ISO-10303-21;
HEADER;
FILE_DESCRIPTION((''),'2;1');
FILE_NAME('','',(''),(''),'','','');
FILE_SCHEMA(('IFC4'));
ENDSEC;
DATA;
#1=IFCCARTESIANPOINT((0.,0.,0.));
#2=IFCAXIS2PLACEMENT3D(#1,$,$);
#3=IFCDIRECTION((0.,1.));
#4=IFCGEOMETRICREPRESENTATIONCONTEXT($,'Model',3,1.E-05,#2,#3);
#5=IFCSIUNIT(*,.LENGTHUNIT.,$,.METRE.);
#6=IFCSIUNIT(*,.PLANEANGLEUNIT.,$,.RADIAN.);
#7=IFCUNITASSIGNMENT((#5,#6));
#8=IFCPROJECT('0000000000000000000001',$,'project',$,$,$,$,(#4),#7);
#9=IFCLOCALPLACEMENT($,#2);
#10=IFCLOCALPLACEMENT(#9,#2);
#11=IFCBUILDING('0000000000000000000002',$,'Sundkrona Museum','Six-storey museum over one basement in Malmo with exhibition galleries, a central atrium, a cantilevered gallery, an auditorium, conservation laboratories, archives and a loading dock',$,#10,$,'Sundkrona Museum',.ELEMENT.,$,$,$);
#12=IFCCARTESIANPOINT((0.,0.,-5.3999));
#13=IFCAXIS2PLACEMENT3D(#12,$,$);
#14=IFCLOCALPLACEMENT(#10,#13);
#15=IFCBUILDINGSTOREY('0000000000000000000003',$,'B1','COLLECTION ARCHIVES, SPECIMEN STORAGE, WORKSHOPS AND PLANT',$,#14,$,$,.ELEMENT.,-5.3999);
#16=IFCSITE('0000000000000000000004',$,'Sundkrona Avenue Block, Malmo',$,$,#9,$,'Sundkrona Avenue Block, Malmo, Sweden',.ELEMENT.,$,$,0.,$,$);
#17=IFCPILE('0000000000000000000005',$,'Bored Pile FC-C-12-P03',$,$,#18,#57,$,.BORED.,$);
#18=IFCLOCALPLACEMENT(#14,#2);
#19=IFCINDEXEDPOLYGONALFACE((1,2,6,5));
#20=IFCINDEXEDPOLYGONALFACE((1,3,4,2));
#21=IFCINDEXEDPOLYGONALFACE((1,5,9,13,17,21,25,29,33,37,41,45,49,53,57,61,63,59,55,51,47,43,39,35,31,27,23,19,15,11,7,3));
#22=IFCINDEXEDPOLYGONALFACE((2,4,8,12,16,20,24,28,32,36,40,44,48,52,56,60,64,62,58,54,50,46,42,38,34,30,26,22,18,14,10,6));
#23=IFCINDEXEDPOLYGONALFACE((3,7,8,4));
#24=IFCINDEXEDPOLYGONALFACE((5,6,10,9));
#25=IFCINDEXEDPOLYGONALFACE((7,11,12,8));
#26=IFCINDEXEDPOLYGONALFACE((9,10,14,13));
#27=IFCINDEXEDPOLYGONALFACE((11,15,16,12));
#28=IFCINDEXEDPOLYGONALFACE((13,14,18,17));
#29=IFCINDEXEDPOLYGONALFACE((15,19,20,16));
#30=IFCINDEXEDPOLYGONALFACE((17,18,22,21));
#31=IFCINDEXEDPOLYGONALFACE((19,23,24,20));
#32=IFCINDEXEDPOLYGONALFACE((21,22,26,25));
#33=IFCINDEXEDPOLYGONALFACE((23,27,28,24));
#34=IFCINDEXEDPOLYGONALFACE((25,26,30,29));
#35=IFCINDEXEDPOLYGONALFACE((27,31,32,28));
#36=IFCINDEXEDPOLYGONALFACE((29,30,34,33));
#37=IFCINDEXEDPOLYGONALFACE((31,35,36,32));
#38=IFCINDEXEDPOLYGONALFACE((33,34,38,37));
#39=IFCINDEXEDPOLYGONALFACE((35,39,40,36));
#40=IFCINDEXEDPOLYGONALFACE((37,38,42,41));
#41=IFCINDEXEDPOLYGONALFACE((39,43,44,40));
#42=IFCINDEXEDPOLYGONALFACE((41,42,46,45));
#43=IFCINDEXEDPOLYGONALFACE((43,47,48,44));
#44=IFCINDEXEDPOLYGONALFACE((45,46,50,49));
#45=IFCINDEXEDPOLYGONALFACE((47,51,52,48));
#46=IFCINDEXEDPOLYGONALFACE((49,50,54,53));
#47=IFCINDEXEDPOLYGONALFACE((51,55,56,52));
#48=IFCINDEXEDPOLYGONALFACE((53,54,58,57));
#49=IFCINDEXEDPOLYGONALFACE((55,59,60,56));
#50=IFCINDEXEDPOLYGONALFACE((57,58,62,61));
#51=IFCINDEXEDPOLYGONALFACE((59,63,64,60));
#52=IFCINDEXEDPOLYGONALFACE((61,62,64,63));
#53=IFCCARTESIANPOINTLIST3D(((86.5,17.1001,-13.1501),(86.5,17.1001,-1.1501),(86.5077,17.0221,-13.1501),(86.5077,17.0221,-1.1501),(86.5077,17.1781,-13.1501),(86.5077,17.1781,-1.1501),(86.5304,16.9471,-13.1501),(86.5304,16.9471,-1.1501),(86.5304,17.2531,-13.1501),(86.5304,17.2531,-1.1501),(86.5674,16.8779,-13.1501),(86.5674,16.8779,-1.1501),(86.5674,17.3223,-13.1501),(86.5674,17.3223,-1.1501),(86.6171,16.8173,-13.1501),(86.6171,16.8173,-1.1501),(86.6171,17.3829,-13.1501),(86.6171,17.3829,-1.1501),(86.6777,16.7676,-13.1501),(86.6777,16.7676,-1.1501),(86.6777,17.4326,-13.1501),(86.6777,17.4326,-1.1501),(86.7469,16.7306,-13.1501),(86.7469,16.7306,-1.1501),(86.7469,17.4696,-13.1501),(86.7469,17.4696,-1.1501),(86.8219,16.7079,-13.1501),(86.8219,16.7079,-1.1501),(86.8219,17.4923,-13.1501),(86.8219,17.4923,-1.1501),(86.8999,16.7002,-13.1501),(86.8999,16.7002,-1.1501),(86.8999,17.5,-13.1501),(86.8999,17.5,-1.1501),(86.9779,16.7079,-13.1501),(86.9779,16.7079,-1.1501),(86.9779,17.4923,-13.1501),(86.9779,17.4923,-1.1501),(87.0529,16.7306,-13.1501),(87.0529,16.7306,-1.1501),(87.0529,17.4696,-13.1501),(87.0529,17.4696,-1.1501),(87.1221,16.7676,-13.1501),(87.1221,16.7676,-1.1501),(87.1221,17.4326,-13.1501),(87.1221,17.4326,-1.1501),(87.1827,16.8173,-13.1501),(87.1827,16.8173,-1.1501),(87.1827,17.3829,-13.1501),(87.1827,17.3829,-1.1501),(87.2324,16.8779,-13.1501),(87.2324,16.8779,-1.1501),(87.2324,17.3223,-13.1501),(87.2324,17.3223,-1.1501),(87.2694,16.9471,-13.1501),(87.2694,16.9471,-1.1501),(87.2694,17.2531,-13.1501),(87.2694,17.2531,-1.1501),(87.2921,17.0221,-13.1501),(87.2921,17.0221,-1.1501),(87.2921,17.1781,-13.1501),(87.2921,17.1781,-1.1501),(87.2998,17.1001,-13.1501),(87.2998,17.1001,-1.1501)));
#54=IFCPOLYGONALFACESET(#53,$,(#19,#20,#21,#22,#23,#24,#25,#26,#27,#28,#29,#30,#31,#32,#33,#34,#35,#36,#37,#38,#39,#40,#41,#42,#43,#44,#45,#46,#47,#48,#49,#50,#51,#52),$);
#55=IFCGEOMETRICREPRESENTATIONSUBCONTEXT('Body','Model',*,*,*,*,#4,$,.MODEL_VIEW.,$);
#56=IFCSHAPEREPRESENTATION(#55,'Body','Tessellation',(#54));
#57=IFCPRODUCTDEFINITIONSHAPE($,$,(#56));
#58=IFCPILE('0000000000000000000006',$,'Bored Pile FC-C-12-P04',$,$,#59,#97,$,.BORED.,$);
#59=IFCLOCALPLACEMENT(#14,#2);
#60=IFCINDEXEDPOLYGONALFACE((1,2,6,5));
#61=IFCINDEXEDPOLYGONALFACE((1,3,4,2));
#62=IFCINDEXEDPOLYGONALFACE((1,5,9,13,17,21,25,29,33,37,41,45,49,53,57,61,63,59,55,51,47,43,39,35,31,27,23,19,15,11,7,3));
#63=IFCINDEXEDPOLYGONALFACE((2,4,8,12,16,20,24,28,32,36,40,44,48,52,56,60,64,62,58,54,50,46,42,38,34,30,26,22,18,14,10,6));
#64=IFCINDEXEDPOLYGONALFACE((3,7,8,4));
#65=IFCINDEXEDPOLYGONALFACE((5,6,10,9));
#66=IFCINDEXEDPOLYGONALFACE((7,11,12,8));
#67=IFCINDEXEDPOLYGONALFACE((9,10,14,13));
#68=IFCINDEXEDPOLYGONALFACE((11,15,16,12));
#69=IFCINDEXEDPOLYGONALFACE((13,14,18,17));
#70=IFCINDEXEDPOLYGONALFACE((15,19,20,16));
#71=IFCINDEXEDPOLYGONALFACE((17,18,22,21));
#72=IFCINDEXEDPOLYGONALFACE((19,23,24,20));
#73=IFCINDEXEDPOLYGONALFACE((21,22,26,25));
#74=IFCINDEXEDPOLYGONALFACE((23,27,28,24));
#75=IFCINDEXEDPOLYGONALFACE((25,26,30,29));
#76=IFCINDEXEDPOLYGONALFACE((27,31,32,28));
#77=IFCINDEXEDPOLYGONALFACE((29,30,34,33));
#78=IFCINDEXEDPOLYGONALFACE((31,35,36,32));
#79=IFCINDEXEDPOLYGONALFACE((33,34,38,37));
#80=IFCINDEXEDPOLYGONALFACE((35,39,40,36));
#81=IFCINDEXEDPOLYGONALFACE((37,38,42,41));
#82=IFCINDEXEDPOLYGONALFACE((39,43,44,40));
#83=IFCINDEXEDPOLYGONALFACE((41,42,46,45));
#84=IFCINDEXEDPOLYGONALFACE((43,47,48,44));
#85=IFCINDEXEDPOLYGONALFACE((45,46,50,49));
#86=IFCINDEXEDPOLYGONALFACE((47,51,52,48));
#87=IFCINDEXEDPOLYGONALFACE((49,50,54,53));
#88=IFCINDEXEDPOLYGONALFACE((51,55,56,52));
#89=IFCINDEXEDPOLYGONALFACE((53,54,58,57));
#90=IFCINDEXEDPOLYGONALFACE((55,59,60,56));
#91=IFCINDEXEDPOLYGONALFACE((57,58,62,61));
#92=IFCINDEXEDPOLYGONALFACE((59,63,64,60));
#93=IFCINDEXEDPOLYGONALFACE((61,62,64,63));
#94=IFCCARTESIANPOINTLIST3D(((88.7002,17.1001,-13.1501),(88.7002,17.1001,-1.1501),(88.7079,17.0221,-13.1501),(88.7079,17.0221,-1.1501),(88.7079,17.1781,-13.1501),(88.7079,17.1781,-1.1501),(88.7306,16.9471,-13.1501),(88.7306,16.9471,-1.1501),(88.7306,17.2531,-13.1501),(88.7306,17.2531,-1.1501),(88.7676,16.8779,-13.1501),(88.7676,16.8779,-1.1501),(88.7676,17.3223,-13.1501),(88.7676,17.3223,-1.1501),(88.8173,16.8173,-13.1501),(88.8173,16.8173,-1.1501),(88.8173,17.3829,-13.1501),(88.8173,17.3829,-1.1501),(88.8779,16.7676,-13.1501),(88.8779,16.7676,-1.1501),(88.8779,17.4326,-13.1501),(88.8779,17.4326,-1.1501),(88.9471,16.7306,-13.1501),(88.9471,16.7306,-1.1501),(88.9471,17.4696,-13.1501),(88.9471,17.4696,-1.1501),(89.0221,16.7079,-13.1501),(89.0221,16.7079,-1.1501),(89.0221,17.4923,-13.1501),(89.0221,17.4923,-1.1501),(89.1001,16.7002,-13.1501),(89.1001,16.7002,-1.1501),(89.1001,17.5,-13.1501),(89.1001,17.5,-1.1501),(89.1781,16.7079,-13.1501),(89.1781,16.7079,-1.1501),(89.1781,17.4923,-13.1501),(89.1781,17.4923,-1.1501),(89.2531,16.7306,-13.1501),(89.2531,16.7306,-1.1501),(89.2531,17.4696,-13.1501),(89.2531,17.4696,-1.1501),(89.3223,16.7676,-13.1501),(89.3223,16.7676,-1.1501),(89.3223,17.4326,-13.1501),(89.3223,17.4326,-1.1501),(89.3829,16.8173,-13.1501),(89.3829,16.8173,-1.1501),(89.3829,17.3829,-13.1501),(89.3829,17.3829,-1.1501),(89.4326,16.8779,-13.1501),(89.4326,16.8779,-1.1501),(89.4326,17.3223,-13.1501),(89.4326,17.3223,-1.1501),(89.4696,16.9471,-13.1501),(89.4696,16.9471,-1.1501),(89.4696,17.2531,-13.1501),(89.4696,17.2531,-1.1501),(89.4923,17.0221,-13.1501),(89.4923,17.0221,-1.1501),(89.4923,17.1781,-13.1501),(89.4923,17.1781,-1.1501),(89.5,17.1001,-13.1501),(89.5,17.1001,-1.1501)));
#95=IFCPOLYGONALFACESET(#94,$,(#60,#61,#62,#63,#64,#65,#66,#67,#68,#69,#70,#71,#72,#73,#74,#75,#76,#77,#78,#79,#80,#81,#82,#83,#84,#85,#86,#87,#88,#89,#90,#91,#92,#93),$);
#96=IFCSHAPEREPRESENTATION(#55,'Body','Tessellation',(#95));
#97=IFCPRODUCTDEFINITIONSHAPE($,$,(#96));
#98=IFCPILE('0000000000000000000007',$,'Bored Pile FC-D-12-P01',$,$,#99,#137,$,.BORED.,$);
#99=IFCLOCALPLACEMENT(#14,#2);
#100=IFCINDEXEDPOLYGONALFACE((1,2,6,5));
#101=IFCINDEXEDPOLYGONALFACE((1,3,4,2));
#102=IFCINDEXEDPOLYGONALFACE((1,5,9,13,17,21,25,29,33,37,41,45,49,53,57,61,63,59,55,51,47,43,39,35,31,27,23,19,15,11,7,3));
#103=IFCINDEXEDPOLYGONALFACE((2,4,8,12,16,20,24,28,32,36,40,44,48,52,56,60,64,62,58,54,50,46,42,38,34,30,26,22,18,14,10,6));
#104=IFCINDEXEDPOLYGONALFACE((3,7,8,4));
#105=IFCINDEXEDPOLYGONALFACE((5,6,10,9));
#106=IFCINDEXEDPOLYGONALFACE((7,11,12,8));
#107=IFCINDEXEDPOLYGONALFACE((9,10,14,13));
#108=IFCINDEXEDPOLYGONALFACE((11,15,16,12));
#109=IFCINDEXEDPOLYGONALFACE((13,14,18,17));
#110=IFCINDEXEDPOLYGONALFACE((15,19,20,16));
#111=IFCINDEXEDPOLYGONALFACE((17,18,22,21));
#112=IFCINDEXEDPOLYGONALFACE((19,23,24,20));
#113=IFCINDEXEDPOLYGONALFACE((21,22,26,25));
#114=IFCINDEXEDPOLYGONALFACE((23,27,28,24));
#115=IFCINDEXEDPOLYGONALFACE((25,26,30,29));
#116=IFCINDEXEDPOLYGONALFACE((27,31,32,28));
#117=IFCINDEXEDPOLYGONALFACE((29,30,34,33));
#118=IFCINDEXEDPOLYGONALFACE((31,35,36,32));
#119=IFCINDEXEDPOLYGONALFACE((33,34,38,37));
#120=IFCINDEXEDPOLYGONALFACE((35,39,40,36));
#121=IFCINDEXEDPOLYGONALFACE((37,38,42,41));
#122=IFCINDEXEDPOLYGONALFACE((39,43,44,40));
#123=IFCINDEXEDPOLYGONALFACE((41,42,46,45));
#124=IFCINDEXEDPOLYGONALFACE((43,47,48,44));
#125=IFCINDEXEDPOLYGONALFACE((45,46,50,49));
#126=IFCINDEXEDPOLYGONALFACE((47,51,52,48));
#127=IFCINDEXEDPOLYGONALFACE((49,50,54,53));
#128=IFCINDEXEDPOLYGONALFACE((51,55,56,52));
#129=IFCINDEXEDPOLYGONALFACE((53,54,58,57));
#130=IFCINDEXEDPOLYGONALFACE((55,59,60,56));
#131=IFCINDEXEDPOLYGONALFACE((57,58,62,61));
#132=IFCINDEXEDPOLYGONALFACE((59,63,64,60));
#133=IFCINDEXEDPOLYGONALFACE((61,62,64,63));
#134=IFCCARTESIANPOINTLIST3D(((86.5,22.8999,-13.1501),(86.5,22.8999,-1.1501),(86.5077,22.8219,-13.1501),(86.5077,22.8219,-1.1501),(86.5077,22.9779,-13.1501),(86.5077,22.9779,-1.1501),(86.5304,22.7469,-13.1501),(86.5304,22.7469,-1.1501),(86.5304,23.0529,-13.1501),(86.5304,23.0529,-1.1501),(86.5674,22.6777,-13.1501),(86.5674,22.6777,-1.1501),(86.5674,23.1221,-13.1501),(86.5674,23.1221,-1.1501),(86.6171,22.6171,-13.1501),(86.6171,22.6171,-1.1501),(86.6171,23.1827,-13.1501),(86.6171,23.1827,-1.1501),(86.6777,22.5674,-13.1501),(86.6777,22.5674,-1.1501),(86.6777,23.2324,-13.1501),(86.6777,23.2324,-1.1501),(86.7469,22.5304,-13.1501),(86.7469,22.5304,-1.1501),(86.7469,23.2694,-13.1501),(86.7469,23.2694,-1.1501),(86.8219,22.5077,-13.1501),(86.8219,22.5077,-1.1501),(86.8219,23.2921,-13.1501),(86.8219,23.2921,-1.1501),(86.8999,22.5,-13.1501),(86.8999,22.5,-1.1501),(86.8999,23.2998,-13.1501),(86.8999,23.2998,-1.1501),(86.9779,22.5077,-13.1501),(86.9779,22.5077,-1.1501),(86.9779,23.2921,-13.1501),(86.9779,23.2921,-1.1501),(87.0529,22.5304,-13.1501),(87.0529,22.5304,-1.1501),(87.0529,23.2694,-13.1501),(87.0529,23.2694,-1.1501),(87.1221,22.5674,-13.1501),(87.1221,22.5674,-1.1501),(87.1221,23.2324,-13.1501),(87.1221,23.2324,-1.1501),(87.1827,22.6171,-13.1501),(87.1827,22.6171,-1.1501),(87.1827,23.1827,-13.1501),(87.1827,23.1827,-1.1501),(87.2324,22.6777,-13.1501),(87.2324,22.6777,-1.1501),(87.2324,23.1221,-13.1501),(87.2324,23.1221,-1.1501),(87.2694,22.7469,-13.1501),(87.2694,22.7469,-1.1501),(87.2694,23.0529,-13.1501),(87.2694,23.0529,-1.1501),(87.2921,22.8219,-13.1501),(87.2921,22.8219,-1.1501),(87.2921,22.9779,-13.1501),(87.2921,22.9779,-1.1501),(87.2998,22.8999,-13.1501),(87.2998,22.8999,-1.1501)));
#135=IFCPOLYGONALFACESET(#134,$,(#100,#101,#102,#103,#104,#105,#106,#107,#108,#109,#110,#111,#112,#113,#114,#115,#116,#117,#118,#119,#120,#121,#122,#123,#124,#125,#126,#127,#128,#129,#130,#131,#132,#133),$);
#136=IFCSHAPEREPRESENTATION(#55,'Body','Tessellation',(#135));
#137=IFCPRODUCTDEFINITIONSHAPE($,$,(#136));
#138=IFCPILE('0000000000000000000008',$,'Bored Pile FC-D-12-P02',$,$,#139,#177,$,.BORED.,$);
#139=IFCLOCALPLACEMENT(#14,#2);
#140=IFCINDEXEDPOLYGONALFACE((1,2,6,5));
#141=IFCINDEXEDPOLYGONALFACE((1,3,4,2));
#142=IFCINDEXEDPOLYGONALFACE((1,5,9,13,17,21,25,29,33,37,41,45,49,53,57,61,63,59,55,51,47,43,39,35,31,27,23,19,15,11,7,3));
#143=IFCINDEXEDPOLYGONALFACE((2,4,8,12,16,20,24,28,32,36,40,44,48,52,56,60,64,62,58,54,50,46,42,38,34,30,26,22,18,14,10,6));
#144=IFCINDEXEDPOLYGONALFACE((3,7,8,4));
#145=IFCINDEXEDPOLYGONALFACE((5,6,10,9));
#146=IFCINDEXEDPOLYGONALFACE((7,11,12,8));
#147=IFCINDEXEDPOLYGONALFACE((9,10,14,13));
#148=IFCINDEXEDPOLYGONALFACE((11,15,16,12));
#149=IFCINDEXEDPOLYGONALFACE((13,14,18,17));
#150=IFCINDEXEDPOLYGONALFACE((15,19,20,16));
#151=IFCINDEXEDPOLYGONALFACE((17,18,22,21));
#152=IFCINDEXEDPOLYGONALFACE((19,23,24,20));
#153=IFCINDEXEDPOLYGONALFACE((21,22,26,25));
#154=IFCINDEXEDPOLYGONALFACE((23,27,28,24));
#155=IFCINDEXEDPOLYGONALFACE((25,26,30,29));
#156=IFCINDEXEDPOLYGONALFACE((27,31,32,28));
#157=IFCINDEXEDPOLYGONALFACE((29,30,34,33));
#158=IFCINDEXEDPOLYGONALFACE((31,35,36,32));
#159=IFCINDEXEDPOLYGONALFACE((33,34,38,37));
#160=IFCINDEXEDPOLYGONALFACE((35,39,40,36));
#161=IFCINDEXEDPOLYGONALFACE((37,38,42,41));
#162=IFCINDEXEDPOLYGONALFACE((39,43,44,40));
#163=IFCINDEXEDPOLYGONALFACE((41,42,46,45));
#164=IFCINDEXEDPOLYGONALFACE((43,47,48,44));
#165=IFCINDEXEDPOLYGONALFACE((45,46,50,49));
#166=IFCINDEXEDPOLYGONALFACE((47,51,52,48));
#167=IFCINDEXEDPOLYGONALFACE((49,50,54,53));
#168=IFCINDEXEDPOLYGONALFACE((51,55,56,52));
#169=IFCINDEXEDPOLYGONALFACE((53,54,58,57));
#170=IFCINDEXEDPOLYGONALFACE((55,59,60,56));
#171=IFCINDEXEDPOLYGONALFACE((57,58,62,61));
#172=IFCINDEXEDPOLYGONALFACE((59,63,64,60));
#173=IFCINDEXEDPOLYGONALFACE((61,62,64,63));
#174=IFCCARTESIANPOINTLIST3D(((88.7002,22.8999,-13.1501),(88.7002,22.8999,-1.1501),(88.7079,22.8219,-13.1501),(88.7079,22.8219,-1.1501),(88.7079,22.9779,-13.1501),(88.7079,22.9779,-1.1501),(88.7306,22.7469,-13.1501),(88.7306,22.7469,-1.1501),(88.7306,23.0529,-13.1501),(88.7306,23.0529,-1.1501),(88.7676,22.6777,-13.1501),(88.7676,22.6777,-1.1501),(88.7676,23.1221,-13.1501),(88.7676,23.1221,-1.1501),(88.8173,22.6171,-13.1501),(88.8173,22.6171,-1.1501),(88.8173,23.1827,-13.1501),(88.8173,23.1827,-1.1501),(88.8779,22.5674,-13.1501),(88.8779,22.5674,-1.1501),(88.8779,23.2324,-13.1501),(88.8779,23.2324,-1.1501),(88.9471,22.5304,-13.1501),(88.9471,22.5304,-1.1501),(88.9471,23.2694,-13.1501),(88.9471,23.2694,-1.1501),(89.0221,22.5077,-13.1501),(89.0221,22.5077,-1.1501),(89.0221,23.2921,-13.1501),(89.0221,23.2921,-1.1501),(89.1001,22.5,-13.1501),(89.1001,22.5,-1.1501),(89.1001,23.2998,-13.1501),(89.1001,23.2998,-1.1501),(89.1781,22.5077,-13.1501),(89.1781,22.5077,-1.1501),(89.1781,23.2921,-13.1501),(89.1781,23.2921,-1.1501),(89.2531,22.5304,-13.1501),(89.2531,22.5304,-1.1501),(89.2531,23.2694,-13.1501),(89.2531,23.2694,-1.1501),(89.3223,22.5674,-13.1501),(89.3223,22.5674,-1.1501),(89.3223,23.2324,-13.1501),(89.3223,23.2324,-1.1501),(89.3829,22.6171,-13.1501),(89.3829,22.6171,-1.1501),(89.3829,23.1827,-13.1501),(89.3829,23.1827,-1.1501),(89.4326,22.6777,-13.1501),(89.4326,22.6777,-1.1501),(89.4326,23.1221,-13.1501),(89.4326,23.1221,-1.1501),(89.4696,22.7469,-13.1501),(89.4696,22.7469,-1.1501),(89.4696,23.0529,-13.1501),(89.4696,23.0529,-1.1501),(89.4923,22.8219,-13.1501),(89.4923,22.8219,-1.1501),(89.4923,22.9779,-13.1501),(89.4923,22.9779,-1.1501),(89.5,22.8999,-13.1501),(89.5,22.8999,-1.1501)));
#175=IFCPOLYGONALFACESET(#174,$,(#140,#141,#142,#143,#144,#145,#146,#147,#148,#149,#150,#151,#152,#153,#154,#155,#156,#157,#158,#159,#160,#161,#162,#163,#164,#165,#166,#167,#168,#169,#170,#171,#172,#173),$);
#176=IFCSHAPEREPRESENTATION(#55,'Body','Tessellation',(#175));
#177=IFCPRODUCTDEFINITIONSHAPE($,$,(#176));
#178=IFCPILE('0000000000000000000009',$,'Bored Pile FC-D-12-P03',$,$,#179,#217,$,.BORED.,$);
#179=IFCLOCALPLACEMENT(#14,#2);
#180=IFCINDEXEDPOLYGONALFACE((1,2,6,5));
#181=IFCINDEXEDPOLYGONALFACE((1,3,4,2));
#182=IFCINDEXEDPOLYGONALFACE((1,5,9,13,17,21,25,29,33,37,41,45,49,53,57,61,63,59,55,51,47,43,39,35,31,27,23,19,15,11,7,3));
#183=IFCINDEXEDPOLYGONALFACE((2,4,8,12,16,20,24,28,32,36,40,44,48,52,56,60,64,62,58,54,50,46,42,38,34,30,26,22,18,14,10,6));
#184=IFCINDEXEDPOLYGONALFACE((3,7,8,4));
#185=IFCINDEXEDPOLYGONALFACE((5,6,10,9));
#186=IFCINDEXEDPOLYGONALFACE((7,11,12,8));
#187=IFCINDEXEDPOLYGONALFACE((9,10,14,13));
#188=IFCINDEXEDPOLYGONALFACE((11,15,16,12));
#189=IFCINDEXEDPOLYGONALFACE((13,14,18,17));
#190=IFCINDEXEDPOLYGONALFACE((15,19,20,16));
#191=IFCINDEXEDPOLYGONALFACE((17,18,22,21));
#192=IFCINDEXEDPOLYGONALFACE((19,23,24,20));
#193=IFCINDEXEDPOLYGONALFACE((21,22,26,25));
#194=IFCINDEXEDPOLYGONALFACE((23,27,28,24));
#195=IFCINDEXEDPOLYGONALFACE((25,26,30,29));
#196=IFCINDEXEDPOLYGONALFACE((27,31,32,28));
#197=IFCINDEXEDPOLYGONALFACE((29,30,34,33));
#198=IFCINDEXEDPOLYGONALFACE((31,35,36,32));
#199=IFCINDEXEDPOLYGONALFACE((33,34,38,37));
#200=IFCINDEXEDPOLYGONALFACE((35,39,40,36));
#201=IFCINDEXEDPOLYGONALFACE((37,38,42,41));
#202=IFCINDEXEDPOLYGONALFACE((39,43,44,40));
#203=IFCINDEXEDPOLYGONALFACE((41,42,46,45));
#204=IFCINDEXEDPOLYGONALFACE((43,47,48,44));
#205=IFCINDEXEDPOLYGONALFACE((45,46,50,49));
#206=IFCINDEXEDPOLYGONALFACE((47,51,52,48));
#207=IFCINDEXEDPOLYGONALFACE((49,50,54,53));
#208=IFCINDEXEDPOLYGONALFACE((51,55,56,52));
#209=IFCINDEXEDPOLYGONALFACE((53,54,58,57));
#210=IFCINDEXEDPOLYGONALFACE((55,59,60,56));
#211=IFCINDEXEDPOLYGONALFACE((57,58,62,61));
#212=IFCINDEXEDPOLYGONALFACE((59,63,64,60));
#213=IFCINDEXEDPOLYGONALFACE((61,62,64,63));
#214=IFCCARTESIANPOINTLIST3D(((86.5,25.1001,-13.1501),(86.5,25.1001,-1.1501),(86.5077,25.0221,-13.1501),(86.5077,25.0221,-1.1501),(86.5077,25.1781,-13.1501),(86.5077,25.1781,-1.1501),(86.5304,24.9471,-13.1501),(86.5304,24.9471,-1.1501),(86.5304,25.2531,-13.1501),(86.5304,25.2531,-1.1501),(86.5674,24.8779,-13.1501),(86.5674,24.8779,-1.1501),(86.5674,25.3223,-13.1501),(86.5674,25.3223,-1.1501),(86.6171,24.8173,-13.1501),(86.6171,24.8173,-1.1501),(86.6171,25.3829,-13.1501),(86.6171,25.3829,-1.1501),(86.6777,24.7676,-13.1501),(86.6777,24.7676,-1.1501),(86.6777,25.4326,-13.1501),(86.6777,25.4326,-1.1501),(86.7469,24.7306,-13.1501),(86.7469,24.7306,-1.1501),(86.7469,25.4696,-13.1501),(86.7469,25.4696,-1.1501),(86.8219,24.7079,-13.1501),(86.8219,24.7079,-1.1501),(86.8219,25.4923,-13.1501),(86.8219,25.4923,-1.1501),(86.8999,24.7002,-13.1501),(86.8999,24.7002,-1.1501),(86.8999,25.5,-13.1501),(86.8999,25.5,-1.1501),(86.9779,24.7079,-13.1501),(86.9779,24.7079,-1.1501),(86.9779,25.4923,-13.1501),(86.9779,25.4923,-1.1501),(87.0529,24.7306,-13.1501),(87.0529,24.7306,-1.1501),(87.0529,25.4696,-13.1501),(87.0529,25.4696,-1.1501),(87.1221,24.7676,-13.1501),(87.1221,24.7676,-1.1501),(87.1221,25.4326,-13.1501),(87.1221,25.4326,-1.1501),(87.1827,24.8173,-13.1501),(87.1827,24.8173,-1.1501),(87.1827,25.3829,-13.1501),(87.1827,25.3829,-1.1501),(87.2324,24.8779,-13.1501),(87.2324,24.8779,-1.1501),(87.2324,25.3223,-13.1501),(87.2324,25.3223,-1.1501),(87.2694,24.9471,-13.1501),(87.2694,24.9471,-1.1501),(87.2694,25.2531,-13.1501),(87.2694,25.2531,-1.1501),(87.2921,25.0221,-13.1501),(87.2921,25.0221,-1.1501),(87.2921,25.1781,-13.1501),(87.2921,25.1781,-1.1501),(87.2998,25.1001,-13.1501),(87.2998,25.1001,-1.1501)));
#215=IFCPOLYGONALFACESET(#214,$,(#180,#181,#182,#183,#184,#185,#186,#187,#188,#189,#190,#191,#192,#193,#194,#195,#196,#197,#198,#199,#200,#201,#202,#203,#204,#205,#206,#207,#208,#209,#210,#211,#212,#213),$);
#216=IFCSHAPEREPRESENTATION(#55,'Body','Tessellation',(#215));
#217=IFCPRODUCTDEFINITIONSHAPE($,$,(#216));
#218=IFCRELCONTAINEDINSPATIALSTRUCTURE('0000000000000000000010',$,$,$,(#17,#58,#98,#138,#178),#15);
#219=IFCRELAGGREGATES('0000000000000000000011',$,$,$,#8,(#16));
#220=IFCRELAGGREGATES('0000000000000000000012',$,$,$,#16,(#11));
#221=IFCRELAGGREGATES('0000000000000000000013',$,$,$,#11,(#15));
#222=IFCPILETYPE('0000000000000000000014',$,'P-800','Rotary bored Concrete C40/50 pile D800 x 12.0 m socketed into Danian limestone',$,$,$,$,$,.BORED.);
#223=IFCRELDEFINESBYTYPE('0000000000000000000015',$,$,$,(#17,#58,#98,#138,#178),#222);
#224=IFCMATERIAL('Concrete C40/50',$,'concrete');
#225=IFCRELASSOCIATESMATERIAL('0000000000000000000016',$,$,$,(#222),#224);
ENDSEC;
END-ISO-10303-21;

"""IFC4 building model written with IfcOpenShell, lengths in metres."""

from ifc_helpers import new_model, si_unit, direction, frame, origin, origin_2d, place, context, subcontext, project, spatial, circle, extrude, material, material_profile, profile_set, type_object, element, save


model = new_model("IFC4")

# Units and contexts
model_context = context("Model", 3, precision=1e-05, world=origin(), true_north=direction((0.0, 1.0)))
body_context = subcontext(model_context, "Body", "Model", "MODEL_VIEW")
ifc_project = project(units=[si_unit("LENGTHUNIT", "METRE"), si_unit("PLANEANGLEUNIT", "RADIAN")], contexts=[model_context])

# Site, building, storey
site_placement = place(None, origin())
site = spatial("IfcSite", under=ifc_project, at=site_placement, Name="Sundkrona Avenue Block, Malmo", LongName="Sundkrona Avenue Block, Malmo, Sweden", CompositionType="ELEMENT", RefElevation=0.0)
building_placement = place(site_placement, origin())
building = spatial("IfcBuilding", under=site, at=building_placement, Name="Sundkrona Museum", Description="Six-storey museum over one basement in Malmo with exhibition galleries, a central atrium, a cantilevered gallery, an auditorium, conservation laboratories, archives and a loading dock", LongName="Sundkrona Museum", CompositionType="ELEMENT")
storey_placement = place(building_placement, frame((0.0, 0.0, -5.3999)))
storey = spatial("IfcBuildingStorey", under=building, at=storey_placement, Name="B1", Description="COLLECTION ARCHIVES, SPECIMEN STORAGE, WORKSHOPS AND PLANT", CompositionType="ELEMENT", Elevation=-5.3999)

# Piles
ifc_material_1 = material(Name="Concrete C40/50", Category="concrete")
ifc_material_profile_1 = material_profile(ifc_material_1, circle(Radius=0.3999, at=origin_2d()), Name="PILE D800")
ifc_profile_set_1 = profile_set([ifc_material_profile_1], Name="Concrete C40/50")
pile_type = type_object("IfcPileType", Name="P-800", Description="Rotary bored Concrete C40/50 pile D800 x 12.0 m socketed into Danian limestone", PredefinedType="BORED", material=ifc_profile_set_1)
for number, where, z_axis, x_axis, name in (
    (1, (86.8999, 17.1001, -1.1501), (0.0, 0.0, -1.0), (1.0, 0.0, 0.0), "Bored Pile FC-C-12-P03"),
    (2, (89.1001, 17.1001, -1.1501), (0.0, 0.0, -1.0), (1.0, 0.0, 0.0), "Bored Pile FC-C-12-P04"),
    (3, (86.8999, 22.8999, -1.1501), (0.0, 0.0, -1.0), (1.0, 0.0, 0.0), "Bored Pile FC-D-12-P01"),
    (4, (89.1001, 22.8999, -1.1501), (0.0, 0.0, -1.0), (1.0, 0.0, 0.0), "Bored Pile FC-D-12-P02"),
    (5, (86.8999, 25.1001, -1.1501), (0.0, 0.0, -1.0), (1.0, 0.0, 0.0), "Bored Pile FC-D-12-P03"),
):
    element("IfcPile", number, at=place(storey_placement, frame(where, z_axis=z_axis, x_axis=x_axis)), inside=storey, type_object=pile_type, Name=name, PredefinedType="BORED", context=body_context, shape_type="SweptSolid", body=[
        extrude(circle(Radius=0.3999, at=origin_2d()), origin(), (0.0, 0.0, 1.0), 12.0),
    ])

save(model, "model.ifc")
